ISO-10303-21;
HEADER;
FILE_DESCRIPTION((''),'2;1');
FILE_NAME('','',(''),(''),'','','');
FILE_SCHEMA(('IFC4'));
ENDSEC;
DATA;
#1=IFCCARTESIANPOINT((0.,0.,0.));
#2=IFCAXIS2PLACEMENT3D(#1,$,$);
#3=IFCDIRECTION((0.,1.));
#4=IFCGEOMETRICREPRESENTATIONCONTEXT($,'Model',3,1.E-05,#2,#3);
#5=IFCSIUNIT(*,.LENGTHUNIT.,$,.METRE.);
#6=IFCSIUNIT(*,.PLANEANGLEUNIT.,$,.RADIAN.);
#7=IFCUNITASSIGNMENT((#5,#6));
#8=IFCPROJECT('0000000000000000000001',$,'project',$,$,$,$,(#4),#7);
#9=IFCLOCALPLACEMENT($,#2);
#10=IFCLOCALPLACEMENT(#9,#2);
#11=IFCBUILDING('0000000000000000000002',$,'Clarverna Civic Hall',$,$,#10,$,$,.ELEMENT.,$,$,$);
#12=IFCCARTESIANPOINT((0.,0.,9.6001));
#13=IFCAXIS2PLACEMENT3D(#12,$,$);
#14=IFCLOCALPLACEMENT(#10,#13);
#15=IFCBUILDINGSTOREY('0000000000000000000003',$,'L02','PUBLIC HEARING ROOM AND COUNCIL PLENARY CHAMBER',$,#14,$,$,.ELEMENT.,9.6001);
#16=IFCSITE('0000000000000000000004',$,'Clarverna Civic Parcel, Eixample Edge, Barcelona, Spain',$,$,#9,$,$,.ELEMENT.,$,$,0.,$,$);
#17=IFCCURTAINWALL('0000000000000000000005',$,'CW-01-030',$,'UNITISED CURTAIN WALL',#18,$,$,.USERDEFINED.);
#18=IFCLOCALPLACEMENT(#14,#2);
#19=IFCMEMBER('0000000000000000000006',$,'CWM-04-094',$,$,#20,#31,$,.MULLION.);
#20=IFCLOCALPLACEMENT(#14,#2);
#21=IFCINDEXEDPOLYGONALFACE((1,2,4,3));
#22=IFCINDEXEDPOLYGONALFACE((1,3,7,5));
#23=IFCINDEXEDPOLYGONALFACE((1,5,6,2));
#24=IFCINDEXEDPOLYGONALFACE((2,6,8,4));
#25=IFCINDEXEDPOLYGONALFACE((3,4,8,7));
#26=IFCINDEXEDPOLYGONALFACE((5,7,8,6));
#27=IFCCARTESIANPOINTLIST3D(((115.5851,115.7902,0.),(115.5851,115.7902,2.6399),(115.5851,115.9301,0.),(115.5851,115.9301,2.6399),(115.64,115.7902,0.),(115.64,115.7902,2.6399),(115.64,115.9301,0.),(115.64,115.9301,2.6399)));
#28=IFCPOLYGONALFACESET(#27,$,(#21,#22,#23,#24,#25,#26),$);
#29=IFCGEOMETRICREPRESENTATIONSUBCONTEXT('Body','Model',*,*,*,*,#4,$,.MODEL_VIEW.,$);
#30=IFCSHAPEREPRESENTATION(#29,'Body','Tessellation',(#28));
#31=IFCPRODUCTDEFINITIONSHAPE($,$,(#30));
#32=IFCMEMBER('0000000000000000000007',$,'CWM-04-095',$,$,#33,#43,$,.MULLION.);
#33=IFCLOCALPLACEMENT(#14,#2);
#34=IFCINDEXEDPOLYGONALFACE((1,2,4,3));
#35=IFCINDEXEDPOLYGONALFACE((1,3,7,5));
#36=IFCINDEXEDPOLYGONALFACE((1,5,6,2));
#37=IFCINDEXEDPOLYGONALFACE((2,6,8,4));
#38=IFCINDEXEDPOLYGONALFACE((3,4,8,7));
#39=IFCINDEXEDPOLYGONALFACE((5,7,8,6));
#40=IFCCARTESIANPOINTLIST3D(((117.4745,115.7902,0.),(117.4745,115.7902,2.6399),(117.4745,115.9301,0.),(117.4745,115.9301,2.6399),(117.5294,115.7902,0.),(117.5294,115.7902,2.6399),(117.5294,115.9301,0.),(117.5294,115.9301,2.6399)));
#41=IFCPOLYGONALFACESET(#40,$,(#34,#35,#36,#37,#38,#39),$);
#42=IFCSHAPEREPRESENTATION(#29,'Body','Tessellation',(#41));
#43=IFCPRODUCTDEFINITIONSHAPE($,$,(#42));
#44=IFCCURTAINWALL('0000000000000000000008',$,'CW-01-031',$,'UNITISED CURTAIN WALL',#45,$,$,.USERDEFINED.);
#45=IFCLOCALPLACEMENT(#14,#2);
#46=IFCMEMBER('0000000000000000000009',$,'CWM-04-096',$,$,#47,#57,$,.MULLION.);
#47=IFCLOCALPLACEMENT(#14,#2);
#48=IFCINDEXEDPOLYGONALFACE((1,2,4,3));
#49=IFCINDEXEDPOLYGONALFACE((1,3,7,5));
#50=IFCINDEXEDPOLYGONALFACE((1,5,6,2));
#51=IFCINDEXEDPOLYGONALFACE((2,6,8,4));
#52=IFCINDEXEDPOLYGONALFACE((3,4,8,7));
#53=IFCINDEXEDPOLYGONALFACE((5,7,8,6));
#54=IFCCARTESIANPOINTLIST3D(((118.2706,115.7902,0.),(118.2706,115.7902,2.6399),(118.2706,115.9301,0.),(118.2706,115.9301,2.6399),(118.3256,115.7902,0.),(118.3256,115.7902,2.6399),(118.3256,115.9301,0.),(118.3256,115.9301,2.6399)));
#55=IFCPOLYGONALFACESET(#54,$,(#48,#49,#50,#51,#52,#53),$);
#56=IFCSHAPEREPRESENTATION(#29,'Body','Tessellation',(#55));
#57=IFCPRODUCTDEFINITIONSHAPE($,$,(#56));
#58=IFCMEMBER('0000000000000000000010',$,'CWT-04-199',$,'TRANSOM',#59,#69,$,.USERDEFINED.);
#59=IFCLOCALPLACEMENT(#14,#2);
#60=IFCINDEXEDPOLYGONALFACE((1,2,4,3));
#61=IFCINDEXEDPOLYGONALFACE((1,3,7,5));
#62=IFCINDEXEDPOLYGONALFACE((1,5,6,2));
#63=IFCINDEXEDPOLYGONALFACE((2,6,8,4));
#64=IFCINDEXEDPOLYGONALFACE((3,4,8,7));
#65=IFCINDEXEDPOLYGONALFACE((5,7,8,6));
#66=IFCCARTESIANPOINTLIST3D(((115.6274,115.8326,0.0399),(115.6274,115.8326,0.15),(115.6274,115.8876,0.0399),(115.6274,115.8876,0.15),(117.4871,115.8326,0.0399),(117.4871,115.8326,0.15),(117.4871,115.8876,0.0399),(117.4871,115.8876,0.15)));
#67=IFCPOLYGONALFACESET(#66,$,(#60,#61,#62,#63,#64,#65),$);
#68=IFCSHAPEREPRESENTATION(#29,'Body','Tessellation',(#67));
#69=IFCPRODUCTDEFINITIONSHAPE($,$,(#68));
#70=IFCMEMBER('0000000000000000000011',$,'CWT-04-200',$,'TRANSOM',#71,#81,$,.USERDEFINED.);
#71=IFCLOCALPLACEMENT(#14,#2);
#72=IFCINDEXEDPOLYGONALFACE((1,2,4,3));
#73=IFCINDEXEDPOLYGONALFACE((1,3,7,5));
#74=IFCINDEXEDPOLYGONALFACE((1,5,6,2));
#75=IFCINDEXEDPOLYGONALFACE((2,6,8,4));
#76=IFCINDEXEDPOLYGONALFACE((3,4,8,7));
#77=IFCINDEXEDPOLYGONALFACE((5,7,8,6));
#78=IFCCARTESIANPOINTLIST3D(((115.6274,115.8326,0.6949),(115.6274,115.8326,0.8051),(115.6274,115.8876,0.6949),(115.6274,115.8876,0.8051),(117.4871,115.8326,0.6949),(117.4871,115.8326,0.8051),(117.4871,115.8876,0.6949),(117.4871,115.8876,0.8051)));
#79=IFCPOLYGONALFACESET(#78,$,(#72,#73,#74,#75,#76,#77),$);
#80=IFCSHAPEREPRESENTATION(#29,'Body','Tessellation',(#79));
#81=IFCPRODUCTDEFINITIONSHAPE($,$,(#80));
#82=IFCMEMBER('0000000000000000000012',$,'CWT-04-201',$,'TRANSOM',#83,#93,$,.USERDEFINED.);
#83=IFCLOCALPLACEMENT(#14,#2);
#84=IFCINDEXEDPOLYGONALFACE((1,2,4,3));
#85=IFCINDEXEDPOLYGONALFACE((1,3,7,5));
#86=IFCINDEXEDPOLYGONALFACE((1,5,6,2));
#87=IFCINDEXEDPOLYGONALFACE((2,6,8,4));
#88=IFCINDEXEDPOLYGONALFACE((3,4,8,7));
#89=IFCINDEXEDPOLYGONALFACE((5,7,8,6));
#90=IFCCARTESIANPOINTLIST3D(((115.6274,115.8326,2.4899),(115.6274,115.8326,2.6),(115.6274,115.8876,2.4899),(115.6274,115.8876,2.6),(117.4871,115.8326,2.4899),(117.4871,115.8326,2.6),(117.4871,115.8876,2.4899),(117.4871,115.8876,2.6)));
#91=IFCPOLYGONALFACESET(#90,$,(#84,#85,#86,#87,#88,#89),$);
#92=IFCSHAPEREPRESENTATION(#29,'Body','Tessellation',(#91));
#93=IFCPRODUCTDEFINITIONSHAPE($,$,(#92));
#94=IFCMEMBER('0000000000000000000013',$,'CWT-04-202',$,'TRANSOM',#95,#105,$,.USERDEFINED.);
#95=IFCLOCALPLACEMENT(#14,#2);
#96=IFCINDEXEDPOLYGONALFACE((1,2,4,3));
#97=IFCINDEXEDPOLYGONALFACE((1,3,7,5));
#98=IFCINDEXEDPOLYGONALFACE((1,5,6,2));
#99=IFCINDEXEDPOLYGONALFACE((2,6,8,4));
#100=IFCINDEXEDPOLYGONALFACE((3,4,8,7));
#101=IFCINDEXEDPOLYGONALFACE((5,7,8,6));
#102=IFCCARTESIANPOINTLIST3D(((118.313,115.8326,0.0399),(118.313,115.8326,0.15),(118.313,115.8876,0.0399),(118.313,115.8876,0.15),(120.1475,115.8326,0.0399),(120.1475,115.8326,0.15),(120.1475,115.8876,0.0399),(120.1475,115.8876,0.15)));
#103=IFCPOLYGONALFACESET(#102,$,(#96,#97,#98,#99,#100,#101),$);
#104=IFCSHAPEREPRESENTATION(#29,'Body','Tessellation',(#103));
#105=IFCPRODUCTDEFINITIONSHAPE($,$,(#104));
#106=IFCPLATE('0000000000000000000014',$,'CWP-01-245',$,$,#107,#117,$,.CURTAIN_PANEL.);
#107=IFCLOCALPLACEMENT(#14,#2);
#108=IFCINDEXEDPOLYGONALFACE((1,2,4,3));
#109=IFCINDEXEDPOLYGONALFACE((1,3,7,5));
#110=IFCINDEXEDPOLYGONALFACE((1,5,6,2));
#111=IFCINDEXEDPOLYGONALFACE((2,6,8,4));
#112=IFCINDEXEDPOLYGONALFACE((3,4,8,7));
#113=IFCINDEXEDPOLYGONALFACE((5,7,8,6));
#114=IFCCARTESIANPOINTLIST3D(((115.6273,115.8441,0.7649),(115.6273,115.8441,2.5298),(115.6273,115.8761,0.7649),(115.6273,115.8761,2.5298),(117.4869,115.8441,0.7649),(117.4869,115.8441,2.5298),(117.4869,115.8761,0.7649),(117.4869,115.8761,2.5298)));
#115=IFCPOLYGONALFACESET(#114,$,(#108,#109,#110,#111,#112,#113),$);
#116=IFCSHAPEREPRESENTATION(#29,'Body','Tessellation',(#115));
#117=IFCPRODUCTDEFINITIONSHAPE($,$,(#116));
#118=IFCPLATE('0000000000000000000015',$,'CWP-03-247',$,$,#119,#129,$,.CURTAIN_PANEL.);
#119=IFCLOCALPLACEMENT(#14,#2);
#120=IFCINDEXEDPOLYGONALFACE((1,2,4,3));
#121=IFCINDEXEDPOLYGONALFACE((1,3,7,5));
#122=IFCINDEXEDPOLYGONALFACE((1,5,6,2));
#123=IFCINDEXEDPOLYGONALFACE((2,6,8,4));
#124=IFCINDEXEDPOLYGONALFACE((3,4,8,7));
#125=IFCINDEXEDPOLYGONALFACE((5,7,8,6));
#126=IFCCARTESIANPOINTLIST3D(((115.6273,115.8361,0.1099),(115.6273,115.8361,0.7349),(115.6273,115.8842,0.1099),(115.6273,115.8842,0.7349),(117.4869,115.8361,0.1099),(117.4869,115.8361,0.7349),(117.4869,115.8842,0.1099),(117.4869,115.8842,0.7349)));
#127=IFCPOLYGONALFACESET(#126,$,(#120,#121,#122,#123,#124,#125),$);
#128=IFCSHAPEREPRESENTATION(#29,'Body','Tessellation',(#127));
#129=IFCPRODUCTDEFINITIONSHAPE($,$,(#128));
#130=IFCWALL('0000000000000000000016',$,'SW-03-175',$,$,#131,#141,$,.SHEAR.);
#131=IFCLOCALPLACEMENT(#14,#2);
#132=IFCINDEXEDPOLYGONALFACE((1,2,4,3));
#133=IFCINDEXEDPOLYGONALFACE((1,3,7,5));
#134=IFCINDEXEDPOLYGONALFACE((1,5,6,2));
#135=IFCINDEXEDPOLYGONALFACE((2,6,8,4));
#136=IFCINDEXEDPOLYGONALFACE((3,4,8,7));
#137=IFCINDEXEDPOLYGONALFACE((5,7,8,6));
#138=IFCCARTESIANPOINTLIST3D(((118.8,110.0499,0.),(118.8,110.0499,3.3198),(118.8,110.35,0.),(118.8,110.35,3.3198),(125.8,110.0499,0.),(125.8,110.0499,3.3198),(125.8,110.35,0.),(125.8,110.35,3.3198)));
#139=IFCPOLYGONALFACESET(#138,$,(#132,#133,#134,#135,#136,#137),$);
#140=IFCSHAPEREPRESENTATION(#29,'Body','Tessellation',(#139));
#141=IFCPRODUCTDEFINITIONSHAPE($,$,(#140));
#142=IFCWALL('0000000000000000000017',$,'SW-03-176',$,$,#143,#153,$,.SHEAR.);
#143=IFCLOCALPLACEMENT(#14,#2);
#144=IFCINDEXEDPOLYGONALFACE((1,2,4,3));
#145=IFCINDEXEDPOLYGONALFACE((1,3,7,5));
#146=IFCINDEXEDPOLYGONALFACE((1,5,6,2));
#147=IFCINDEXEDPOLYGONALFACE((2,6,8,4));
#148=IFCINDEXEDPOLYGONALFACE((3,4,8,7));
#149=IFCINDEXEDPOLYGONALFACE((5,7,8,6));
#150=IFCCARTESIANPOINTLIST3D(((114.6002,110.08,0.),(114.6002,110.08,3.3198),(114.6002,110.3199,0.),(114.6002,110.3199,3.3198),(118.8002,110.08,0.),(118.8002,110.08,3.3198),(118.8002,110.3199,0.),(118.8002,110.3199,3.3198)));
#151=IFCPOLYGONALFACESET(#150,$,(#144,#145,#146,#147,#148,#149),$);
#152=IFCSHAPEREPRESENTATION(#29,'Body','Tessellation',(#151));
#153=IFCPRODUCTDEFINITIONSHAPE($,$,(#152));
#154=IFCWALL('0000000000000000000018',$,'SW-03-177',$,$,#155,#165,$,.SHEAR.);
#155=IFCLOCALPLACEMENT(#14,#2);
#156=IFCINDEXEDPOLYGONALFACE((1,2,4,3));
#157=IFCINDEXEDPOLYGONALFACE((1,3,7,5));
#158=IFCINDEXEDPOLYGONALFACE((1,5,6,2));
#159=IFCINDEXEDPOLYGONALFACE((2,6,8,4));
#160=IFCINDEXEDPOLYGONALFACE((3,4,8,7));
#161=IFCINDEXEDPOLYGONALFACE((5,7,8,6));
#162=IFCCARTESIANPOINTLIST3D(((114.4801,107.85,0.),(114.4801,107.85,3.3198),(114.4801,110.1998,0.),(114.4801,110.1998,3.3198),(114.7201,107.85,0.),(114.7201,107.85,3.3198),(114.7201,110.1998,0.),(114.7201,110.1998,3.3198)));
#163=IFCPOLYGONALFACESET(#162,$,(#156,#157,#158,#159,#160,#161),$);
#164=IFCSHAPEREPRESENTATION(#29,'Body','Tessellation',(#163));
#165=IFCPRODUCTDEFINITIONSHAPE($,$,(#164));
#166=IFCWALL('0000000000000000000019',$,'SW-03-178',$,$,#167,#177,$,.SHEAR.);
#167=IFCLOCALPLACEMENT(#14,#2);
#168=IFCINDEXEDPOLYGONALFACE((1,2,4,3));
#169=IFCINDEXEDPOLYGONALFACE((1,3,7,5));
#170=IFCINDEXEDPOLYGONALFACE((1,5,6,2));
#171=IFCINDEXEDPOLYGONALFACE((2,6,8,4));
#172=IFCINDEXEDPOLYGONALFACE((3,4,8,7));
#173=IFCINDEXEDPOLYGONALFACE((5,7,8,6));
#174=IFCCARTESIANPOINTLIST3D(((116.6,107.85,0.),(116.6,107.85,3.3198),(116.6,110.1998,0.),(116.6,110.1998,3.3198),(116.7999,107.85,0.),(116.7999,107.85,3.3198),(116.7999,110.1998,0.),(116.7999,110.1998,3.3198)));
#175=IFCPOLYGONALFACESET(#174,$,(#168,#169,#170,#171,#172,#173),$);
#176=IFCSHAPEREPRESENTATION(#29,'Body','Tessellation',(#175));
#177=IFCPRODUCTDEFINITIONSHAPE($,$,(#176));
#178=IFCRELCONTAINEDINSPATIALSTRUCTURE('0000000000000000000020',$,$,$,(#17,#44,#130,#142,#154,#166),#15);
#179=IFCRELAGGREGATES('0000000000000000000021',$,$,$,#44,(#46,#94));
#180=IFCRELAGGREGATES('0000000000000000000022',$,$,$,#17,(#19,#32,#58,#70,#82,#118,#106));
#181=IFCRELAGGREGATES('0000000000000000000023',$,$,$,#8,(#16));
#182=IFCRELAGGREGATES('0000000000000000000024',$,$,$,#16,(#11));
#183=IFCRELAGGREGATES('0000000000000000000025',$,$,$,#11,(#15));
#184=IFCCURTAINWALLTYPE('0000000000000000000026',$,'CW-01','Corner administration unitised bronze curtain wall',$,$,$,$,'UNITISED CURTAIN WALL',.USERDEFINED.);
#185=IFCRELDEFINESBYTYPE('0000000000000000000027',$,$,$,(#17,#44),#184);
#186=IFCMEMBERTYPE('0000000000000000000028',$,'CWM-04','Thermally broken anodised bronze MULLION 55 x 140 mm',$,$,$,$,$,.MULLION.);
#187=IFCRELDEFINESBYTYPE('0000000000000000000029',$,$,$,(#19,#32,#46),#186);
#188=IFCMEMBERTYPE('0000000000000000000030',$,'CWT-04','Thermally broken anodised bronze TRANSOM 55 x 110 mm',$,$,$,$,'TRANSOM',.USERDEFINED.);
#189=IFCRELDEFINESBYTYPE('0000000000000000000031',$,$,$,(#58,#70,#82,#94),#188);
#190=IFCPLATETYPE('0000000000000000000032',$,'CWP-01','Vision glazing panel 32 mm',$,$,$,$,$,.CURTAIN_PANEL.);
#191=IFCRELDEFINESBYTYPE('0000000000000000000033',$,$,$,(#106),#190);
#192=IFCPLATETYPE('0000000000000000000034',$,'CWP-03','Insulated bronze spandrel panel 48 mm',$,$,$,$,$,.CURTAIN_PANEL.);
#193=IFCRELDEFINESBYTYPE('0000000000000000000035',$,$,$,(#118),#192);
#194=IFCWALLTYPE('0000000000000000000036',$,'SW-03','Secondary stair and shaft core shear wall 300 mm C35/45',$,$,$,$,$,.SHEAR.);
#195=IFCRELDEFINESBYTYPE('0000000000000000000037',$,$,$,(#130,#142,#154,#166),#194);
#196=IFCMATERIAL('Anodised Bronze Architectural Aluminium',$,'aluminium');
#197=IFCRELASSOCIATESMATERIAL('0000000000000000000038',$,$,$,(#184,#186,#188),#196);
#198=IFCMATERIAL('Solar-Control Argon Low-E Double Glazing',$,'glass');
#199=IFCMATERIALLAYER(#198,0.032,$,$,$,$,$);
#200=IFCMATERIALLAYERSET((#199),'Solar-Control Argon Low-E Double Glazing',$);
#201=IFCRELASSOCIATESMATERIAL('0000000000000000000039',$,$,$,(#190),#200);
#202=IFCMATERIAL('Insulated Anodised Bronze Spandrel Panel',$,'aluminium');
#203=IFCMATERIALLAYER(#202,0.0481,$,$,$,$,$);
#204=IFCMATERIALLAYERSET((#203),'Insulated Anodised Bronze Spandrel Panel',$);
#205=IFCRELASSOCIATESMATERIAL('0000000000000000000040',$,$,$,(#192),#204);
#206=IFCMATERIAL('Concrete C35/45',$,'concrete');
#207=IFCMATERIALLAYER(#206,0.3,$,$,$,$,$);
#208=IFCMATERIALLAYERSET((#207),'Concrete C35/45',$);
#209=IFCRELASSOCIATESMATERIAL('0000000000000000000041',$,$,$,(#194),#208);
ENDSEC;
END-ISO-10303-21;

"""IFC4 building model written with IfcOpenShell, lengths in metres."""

from ifc_helpers import new_model, si_unit, direction, frame, frame_2d, origin, origin_2d, place, context, subcontext, project, spatial, rectangle, extrude, material, layer, layer_set, material_profile, profile_set, type_object, element, aggregate, save


model = new_model("IFC4")

# Units and contexts
model_context = context("Model", 3, precision=1e-05, world=origin(), true_north=direction((0.0, 1.0)))
body_context = subcontext(model_context, "Body", "Model", "MODEL_VIEW")
ifc_project = project(units=[si_unit("LENGTHUNIT", "METRE"), si_unit("PLANEANGLEUNIT", "RADIAN")], contexts=[model_context])

# Site, building, storey
site_placement = place(None, origin())
site = spatial("IfcSite", under=ifc_project, at=site_placement, Name="Clarverna Civic Parcel, Eixample Edge, Barcelona, Spain", CompositionType="ELEMENT", RefElevation=0.0)
building_placement = place(site_placement, origin())
building = spatial("IfcBuilding", under=site, at=building_placement, Name="Clarverna Civic Hall", CompositionType="ELEMENT")
storey_placement = place(building_placement, frame((0.0, 0.0, 9.6001)))
storey = spatial("IfcBuildingStorey", under=building, at=storey_placement, Name="L02", Description="PUBLIC HEARING ROOM AND COUNCIL PLENARY CHAMBER", CompositionType="ELEMENT", Elevation=9.6001)

# Curtain wall, members
ifc_material_1 = material(Name="Anodised Bronze Architectural Aluminium", Category="aluminium")
curtain_wall_type = type_object("IfcCurtainWallType", Name="CW-01", Description="Corner administration unitised bronze curtain wall", ElementType="UNITISED CURTAIN WALL", PredefinedType="USERDEFINED", material=ifc_material_1)
curtain_wall_1_placement = place(storey_placement, origin())
curtain_wall_1 = element("IfcCurtainWall", 1, at=curtain_wall_1_placement, inside=storey, type_object=curtain_wall_type, Name="CW-01-030", ObjectType="UNITISED CURTAIN WALL", PredefinedType="USERDEFINED")
ifc_material_profile_1 = material_profile(ifc_material_1, rectangle(XDim=0.0549, YDim=0.1399, at=origin_2d()), Name="BRONZE 55x140")
ifc_profile_set_1 = profile_set([ifc_material_profile_1], Name="Anodised Bronze Architectural Aluminium")
member_type_1 = type_object("IfcMemberType", Name="CWM-04", Description="Thermally broken anodised bronze MULLION 55 x 140 mm", PredefinedType="MULLION", material=ifc_profile_set_1)
member_1_placement = place(storey_placement, frame((115.6125, 115.8601, 0.0), z_axis=(0.0, 0.0, 1.0), x_axis=(1.0, 0.0, 0.0)))
member_1 = element("IfcMember", 2, at=member_1_placement, type_object=member_type_1, Name="CWM-04-094", PredefinedType="MULLION", context=body_context, shape_type="SweptSolid", body=[
    extrude(rectangle(XDim=0.0549, YDim=0.1399, at=origin_2d()), origin(), (0.0, 0.0, 1.0), 2.6399),
])
member_2_placement = place(storey_placement, frame((117.502, 115.8601, 0.0), z_axis=(0.0, 0.0, 1.0), x_axis=(1.0, 0.0, 0.0)))
member_2 = element("IfcMember", 3, at=member_2_placement, type_object=member_type_1, Name="CWM-04-095", PredefinedType="MULLION", context=body_context, shape_type="SweptSolid", body=[
    extrude(rectangle(XDim=0.0549, YDim=0.1399, at=origin_2d()), origin(), (0.0, 0.0, 1.0), 2.6399),
])

# Curtain wall, member
curtain_wall_2_placement = place(storey_placement, origin())
curtain_wall_2 = element("IfcCurtainWall", 4, at=curtain_wall_2_placement, inside=storey, type_object=curtain_wall_type, Name="CW-01-031", ObjectType="UNITISED CURTAIN WALL", PredefinedType="USERDEFINED")
member_3_placement = place(storey_placement, frame((118.2981, 115.8601, 0.0), z_axis=(0.0, 0.0, 1.0), x_axis=(1.0, 0.0, 0.0)))
member_3 = element("IfcMember", 5, at=member_3_placement, type_object=member_type_1, Name="CWM-04-096", PredefinedType="MULLION", context=body_context, shape_type="SweptSolid", body=[
    extrude(rectangle(XDim=0.0549, YDim=0.1399, at=origin_2d()), origin(), (0.0, 0.0, 1.0), 2.6399),
])

# Members
ifc_material_profile_2 = material_profile(ifc_material_1, rectangle(XDim=0.0549, YDim=0.1101, at=origin_2d()), Name="BRONZE 55x110")
ifc_profile_set_2 = profile_set([ifc_material_profile_2], Name="Anodised Bronze Architectural Aluminium")
member_type_2 = type_object("IfcMemberType", Name="CWT-04", Description="Thermally broken anodised bronze TRANSOM 55 x 110 mm", ElementType="TRANSOM", PredefinedType="USERDEFINED", material=ifc_profile_set_2)
member_4_placement = place(storey_placement, frame((115.6274, 115.8601, 0.095), z_axis=(1.0, 0.0, 0.0), x_axis=(0.0, 1.0, 0.0)))
member_4 = element("IfcMember", 6, at=member_4_placement, type_object=member_type_2, Name="CWT-04-199", ObjectType="TRANSOM", PredefinedType="USERDEFINED", context=body_context, shape_type="SweptSolid", body=[
    extrude(rectangle(XDim=0.0549, YDim=0.1101, at=origin_2d()), origin(), (0.0, 0.0, 1.0), 1.8596),
])
member_5_placement = place(storey_placement, frame((115.6274, 115.8601, 0.75), z_axis=(1.0, 0.0, 0.0), x_axis=(0.0, 1.0, 0.0)))
member_5 = element("IfcMember", 7, at=member_5_placement, type_object=member_type_2, Name="CWT-04-200", ObjectType="TRANSOM", PredefinedType="USERDEFINED", context=body_context, shape_type="SweptSolid", body=[
    extrude(rectangle(XDim=0.0549, YDim=0.1101, at=origin_2d()), origin(), (0.0, 0.0, 1.0), 1.8596),
])
member_6_placement = place(storey_placement, frame((115.6274, 115.8601, 2.5449), z_axis=(1.0, 0.0, 0.0), x_axis=(0.0, 1.0, 0.0)))
member_6 = element("IfcMember", 8, at=member_6_placement, type_object=member_type_2, Name="CWT-04-201", ObjectType="TRANSOM", PredefinedType="USERDEFINED", context=body_context, shape_type="SweptSolid", body=[
    extrude(rectangle(XDim=0.0549, YDim=0.1101, at=origin_2d()), origin(), (0.0, 0.0, 1.0), 1.8596),
])
member_7_placement = place(storey_placement, frame((118.313, 115.8601, 0.095), z_axis=(1.0, 0.0, 0.0), x_axis=(0.0, 1.0, 0.0)))
member_7 = element("IfcMember", 9, at=member_7_placement, type_object=member_type_2, Name="CWT-04-202", ObjectType="TRANSOM", PredefinedType="USERDEFINED", context=body_context, shape_type="SweptSolid", body=[
    extrude(rectangle(XDim=0.0549, YDim=0.1101, at=origin_2d()), origin(), (0.0, 0.0, 1.0), 1.8345),
])
aggregate(curtain_wall_2, [member_3, member_7])

# Plates
ifc_material_2 = material(Name="Solar-Control Argon Low-E Double Glazing", Category="glass")
ifc_layer_1 = layer(ifc_material_2, 0.032)
ifc_layer_set_1 = layer_set([ifc_layer_1], Name="Solar-Control Argon Low-E Double Glazing")
plate_type_1 = type_object("IfcPlateType", Name="CWP-01", Description="Vision glazing panel 32 mm", PredefinedType="CURTAIN_PANEL", material=ifc_layer_set_1)
plate_1_placement = place(storey_placement, frame((115.6274, 115.8601, 0.7649), z_axis=(0.0, 0.0, 1.0), x_axis=(1.0, 0.0, 0.0)))
plate_1 = element("IfcPlate", 10, at=plate_1_placement, type_object=plate_type_1, Name="CWP-01-245", PredefinedType="CURTAIN_PANEL", context=body_context, shape_type="SweptSolid", body=[
    extrude(rectangle(XDim=1.8596, YDim=0.032, at=frame_2d((0.9297, 0.0))), origin(), (0.0, 0.0, 1.0), 1.7649),
])
ifc_material_3 = material(Name="Insulated Anodised Bronze Spandrel Panel", Category="aluminium")
ifc_layer_2 = layer(ifc_material_3, 0.0481)
ifc_layer_set_2 = layer_set([ifc_layer_2], Name="Insulated Anodised Bronze Spandrel Panel")
plate_type_2 = type_object("IfcPlateType", Name="CWP-03", Description="Insulated bronze spandrel panel 48 mm", PredefinedType="CURTAIN_PANEL", material=ifc_layer_set_2)
plate_2_placement = place(storey_placement, frame((115.6274, 115.8601, 0.1099), z_axis=(0.0, 0.0, 1.0), x_axis=(1.0, 0.0, 0.0)))
plate_2 = element("IfcPlate", 11, at=plate_2_placement, type_object=plate_type_2, Name="CWP-03-247", PredefinedType="CURTAIN_PANEL", context=body_context, shape_type="SweptSolid", body=[
    extrude(rectangle(XDim=1.8596, YDim=0.0481, at=frame_2d((0.9297, 0.0))), origin(), (0.0, 0.0, 1.0), 0.625),
])
aggregate(curtain_wall_1, [member_1, member_2, member_4, member_5, member_6, plate_2, plate_1])

# Walls
ifc_material_4 = material(Name="Concrete C35/45", Category="concrete")
ifc_layer_3 = layer(ifc_material_4, 0.3)
ifc_layer_set_3 = layer_set([ifc_layer_3], Name="Concrete C35/45")
wall_type = type_object("IfcWallType", Name="SW-03", Description="Secondary stair and shaft core shear wall 300 mm C35/45", PredefinedType="SHEAR", material=ifc_layer_set_3)
wall_1_placement = place(storey_placement, frame((118.8, 110.2, 0.0), z_axis=(0.0, 0.0, 1.0), x_axis=(1.0, 0.0, 0.0)))
element("IfcWall", 12, at=wall_1_placement, inside=storey, type_object=wall_type, Name="SW-03-175", PredefinedType="SHEAR", context=body_context, shape_type="SweptSolid", body=[
    extrude(rectangle(XDim=7.0, YDim=0.3, at=frame_2d((3.5, 0.0))), origin(), (0.0, 0.0, 1.0), 3.3198),
])
wall_2_placement = place(storey_placement, frame((114.6001, 110.2, 0.0), z_axis=(0.0, 0.0, 1.0), x_axis=(1.0, 0.0, 0.0)))
element("IfcWall", 13, at=wall_2_placement, inside=storey, type_object=wall_type, Name="SW-03-176", PredefinedType="SHEAR", context=body_context, shape_type="SweptSolid", body=[
    extrude(rectangle(XDim=4.2, YDim=0.24, at=frame_2d((2.1001, 0.0))), origin(), (0.0, 0.0, 1.0), 3.3198),
])
wall_3_placement = place(storey_placement, frame((114.6001, 107.8501, 0.0), z_axis=(0.0, 0.0, 1.0), x_axis=(0.0, 1.0, 0.0)))
element("IfcWall", 14, at=wall_3_placement, inside=storey, type_object=wall_type, Name="SW-03-177", PredefinedType="SHEAR", context=body_context, shape_type="SweptSolid", body=[
    extrude(rectangle(XDim=2.3499, YDim=0.24, at=frame_2d((1.1748, 0.0))), origin(), (0.0, 0.0, 1.0), 3.3198),
])
wall_4_placement = place(storey_placement, frame((116.7, 107.8501, 0.0), z_axis=(0.0, 0.0, 1.0), x_axis=(0.0, 1.0, 0.0)))
element("IfcWall", 15, at=wall_4_placement, inside=storey, type_object=wall_type, Name="SW-03-178", PredefinedType="SHEAR", context=body_context, shape_type="SweptSolid", body=[
    extrude(rectangle(XDim=2.3499, YDim=0.2, at=frame_2d((1.1748, 0.0))), origin(), (0.0, 0.0, 1.0), 3.3198),
])

save(model, "model.ifc")
